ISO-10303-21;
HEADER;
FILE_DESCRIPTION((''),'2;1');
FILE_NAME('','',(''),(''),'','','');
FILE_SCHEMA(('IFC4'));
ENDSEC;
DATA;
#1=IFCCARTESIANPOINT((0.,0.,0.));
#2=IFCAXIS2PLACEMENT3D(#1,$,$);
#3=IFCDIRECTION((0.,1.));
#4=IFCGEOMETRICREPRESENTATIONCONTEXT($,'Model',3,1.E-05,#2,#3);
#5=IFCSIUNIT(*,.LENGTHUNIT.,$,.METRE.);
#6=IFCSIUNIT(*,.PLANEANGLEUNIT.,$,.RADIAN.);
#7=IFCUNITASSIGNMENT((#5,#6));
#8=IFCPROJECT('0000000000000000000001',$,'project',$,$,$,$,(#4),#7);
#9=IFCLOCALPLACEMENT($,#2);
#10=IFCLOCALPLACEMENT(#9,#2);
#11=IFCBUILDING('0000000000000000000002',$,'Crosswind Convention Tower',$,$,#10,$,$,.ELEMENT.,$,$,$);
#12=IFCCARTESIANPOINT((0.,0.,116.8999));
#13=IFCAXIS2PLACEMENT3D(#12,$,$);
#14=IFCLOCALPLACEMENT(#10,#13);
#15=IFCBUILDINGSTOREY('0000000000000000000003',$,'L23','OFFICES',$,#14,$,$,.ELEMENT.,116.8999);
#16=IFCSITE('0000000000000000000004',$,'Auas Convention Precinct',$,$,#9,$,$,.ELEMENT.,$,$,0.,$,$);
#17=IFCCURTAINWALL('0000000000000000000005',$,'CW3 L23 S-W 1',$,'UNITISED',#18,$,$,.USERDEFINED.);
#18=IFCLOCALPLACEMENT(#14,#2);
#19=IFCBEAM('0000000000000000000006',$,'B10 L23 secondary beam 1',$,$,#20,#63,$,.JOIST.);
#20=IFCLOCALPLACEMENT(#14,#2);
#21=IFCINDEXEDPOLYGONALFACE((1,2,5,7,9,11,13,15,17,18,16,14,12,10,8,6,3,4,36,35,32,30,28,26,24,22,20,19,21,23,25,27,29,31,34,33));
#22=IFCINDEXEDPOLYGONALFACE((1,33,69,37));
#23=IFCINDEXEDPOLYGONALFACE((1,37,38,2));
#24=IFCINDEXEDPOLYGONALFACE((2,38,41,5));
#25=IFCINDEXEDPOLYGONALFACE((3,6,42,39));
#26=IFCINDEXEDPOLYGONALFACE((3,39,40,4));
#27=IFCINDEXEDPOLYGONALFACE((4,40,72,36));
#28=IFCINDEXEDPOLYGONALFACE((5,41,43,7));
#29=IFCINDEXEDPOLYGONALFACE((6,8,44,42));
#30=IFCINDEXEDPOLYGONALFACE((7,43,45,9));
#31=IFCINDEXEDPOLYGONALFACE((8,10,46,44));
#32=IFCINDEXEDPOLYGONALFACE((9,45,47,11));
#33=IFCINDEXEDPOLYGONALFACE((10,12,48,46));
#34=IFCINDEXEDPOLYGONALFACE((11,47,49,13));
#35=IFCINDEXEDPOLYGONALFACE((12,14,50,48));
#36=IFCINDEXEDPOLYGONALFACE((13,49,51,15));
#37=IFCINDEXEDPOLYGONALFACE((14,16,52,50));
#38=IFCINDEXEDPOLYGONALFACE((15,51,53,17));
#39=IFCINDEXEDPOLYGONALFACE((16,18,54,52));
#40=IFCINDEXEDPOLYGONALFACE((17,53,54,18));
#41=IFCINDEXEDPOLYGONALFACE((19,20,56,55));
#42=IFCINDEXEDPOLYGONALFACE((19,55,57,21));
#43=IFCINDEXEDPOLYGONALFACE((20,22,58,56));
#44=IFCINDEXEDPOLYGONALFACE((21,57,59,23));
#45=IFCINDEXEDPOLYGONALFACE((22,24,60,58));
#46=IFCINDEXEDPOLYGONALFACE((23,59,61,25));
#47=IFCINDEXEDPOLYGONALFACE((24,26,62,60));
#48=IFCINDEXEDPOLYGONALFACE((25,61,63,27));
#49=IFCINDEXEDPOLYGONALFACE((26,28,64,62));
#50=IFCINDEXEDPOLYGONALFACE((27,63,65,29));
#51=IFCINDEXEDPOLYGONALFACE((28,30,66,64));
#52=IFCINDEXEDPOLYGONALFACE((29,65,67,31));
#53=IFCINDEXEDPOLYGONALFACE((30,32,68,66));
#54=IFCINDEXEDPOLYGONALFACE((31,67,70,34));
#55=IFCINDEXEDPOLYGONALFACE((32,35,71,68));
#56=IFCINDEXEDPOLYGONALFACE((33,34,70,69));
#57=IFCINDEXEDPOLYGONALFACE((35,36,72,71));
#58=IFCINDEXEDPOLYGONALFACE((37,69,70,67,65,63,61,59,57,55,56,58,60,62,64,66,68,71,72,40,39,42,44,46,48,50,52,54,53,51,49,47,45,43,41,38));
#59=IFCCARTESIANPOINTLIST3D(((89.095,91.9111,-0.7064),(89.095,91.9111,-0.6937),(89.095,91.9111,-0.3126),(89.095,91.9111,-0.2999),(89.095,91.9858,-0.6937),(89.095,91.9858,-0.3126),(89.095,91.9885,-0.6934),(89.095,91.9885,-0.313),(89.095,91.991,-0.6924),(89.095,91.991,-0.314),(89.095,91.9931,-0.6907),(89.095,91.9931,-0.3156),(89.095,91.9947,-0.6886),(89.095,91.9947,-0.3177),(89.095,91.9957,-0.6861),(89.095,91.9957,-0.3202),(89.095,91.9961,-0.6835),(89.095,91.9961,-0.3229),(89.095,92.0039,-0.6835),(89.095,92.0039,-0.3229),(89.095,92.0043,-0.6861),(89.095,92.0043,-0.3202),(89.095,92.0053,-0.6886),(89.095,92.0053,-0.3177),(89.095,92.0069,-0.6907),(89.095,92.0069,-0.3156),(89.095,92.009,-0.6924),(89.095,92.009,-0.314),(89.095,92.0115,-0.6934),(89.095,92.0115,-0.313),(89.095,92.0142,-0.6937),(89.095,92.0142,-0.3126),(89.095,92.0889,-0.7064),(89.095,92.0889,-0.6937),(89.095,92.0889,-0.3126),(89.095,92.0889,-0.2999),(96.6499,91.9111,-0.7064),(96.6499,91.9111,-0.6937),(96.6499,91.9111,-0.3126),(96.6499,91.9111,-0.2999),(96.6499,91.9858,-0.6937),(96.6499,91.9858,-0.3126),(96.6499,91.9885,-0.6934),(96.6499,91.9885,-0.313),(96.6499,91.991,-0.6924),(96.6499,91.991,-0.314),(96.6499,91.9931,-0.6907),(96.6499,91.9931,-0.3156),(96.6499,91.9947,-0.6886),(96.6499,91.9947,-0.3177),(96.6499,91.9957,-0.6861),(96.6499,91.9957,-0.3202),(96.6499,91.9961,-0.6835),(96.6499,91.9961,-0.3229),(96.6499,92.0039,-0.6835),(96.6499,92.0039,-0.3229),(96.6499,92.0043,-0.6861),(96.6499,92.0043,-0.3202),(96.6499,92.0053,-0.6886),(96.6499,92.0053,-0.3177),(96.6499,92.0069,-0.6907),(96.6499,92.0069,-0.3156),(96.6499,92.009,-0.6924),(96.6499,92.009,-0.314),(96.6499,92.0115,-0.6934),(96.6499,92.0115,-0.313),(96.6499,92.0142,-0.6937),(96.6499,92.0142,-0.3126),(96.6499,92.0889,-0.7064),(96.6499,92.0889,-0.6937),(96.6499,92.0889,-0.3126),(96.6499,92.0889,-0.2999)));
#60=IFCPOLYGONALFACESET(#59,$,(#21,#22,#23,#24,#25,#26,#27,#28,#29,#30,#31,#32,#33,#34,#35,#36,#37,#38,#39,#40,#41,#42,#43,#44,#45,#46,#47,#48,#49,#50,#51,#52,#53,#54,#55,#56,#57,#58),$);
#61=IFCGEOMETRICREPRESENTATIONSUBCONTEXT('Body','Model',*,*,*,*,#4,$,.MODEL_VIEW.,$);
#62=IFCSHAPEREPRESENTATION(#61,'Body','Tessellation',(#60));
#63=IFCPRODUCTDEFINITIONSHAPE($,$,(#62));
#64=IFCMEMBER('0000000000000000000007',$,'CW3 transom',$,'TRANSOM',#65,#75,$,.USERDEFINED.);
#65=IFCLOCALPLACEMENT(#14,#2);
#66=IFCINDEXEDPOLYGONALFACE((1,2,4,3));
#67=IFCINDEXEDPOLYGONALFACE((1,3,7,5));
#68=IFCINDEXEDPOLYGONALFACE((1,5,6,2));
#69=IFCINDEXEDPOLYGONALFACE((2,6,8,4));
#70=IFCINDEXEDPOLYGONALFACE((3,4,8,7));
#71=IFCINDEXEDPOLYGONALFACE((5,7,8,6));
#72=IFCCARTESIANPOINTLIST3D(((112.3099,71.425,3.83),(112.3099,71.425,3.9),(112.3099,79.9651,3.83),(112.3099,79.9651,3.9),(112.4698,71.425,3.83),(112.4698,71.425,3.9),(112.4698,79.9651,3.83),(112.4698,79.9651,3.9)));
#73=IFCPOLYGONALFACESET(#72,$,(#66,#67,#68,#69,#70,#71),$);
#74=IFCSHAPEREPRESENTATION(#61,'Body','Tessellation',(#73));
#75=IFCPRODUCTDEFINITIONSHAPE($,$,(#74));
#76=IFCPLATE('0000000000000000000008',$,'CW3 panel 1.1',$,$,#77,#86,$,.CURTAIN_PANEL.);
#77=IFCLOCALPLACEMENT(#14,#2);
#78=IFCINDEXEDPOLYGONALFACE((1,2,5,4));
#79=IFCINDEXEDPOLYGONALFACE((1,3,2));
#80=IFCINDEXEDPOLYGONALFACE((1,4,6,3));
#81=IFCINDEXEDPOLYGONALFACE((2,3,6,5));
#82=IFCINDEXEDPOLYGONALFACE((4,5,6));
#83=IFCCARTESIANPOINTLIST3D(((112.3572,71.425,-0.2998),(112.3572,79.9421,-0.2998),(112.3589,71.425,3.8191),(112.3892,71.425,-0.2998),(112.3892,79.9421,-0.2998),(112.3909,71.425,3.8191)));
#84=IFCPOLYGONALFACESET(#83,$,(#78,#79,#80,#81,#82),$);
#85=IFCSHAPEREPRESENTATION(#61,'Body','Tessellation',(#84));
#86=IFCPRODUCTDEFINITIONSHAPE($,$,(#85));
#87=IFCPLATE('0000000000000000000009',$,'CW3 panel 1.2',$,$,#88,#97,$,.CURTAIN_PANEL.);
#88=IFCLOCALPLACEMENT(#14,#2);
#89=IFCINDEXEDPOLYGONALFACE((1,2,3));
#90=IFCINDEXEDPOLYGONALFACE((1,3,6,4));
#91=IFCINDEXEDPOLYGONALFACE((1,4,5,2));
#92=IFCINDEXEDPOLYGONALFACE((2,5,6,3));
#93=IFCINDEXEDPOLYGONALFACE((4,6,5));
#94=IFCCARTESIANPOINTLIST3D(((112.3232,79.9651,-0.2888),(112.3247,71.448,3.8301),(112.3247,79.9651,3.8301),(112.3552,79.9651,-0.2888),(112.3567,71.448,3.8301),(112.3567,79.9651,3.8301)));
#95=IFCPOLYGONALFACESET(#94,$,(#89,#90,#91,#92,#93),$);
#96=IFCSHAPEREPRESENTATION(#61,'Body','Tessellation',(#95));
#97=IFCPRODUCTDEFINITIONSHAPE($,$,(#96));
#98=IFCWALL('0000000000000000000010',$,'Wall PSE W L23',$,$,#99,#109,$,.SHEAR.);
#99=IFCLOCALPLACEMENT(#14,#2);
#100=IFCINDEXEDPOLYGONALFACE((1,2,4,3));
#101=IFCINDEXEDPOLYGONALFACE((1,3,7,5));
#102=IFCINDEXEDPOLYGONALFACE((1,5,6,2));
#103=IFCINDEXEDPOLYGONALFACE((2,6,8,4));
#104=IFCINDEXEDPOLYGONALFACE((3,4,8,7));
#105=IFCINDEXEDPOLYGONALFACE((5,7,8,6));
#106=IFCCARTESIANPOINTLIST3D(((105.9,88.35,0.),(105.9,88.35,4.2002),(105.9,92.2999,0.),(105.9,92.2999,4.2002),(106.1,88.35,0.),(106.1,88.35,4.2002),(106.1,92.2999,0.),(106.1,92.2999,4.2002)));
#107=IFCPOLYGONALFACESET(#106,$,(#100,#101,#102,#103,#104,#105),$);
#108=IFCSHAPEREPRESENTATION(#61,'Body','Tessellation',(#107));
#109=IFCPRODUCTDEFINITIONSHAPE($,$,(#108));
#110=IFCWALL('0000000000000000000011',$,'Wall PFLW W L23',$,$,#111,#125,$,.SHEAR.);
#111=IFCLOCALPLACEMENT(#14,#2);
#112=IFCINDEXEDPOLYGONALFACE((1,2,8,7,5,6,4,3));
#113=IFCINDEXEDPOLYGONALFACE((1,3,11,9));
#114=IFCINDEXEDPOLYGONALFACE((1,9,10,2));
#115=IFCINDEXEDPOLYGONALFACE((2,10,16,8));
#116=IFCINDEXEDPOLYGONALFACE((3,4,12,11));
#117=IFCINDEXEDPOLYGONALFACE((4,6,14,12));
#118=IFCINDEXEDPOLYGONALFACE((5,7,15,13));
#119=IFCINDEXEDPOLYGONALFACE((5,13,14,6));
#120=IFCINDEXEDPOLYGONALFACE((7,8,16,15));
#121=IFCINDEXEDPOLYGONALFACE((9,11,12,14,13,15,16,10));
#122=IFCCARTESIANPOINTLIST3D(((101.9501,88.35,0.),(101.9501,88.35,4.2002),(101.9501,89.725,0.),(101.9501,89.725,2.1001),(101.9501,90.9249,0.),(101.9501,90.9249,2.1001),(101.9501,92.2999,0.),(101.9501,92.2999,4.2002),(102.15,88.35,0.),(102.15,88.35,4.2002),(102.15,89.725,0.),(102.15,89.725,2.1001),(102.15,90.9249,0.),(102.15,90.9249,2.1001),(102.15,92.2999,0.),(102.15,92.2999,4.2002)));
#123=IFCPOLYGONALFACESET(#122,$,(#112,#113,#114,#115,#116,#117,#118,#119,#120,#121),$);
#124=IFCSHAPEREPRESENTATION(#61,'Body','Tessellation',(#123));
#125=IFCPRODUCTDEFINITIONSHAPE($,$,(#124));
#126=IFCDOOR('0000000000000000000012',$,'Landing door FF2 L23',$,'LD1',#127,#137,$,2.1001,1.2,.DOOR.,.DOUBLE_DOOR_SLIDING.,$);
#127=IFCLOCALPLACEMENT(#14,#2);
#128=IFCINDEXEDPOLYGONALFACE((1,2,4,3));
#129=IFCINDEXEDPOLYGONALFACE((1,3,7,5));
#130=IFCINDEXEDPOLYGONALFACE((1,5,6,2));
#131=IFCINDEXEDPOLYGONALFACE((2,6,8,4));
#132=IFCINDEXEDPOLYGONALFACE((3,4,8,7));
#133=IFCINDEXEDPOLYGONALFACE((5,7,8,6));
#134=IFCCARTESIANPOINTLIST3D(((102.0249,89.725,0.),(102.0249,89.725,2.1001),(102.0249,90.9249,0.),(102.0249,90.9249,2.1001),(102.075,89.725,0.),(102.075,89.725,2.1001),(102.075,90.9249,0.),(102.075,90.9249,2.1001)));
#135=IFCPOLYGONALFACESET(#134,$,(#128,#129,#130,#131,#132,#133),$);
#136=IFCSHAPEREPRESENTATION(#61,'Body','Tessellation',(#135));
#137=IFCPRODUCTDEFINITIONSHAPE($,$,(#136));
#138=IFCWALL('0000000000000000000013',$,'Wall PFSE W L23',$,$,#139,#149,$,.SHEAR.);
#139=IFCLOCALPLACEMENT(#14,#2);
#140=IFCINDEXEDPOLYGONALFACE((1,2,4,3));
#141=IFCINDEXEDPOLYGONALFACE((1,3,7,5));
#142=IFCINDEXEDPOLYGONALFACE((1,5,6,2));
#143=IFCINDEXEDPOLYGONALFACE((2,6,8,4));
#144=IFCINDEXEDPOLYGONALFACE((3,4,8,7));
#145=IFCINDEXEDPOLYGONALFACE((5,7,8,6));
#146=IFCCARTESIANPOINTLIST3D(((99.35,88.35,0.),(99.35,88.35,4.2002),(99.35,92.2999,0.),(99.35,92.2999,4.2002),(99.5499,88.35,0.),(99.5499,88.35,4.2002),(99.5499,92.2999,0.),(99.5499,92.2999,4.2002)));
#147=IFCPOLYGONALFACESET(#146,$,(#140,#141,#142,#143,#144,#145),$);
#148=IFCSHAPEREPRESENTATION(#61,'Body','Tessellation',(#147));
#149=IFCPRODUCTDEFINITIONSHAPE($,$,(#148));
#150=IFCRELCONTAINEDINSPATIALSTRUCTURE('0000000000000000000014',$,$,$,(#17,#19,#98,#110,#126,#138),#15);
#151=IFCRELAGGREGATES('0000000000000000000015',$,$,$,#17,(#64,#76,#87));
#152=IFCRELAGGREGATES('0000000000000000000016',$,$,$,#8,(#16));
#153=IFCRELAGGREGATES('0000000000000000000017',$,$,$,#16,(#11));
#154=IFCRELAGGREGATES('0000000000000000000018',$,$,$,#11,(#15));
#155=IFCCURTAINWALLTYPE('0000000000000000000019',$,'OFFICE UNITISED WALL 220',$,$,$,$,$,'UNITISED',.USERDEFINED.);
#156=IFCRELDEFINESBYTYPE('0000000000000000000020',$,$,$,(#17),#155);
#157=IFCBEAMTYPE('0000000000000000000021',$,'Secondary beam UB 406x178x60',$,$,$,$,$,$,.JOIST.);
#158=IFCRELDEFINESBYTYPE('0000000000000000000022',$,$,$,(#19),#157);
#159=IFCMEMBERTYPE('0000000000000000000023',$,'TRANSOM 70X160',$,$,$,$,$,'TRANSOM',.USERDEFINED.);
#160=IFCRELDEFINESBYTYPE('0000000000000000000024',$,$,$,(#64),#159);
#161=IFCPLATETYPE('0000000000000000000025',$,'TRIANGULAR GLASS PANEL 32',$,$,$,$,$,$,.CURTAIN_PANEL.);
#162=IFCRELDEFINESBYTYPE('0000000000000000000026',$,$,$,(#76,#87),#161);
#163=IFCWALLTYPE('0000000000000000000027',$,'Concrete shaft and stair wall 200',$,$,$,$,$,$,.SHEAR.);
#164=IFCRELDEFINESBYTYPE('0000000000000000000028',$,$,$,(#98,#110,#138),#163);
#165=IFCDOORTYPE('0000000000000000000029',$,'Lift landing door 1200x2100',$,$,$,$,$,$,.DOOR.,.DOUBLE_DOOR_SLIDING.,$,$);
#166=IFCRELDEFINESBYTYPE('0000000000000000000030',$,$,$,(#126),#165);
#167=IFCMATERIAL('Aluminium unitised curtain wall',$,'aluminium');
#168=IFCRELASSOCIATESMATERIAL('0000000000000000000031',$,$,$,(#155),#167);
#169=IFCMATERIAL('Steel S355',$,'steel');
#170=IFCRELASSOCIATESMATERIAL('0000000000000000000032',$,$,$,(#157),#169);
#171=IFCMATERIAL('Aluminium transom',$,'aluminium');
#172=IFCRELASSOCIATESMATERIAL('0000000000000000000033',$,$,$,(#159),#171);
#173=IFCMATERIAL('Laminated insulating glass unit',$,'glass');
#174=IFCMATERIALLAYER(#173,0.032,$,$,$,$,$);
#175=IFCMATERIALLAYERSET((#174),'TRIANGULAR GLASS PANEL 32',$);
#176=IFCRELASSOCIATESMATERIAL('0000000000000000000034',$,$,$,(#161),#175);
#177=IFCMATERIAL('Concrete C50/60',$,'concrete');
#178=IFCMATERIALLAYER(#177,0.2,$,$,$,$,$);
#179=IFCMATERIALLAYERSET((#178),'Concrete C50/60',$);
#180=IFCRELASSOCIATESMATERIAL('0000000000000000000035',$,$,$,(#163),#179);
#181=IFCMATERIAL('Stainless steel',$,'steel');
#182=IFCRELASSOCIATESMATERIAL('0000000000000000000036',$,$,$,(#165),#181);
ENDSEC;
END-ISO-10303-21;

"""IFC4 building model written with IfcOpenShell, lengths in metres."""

from ifc_helpers import new_model, si_unit, direction, frame, frame_2d, origin, origin_2d, place, context, subcontext, project, spatial, polyline, rectangle, i_section, outline, extrude, material, layer, layer_set, material_profile, profile_set, type_object, element, fill, aggregate, save


model = new_model("IFC4")

# Units and contexts
model_context = context("Model", 3, precision=1e-05, world=origin(), true_north=direction((0.0, 1.0)))
body_context = subcontext(model_context, "Body", "Model", "MODEL_VIEW")
ifc_project = project(units=[si_unit("LENGTHUNIT", "METRE"), si_unit("PLANEANGLEUNIT", "RADIAN")], contexts=[model_context])

# Site, building, storey
site_placement = place(None, origin())
site = spatial("IfcSite", under=ifc_project, at=site_placement, Name="Auas Convention Precinct", CompositionType="ELEMENT", RefElevation=0.0)
building_placement = place(site_placement, origin())
building = spatial("IfcBuilding", under=site, at=building_placement, Name="Crosswind Convention Tower", CompositionType="ELEMENT")
storey_placement = place(building_placement, frame((0.0, 0.0, 116.8999)))
storey = spatial("IfcBuildingStorey", under=building, at=storey_placement, Name="L23", Description="OFFICES", CompositionType="ELEMENT", Elevation=116.8999)

# Shared definitions
ifc_material_1 = material(Name="Steel S355", Category="steel")

# Shared definitions
ifc_material_2 = material(Name="Aluminium unitised curtain wall", Category="aluminium")

# Curtain wall
curtain_wall_type_1 = type_object("IfcCurtainWallType", Name="OFFICE UNITISED WALL 220", ElementType="UNITISED", PredefinedType="USERDEFINED", material=ifc_material_2)
curtain_wall_1_placement = place(storey_placement, origin())
curtain_wall_1 = element("IfcCurtainWall", 1, at=curtain_wall_1_placement, inside=storey, type_object=curtain_wall_type_1, Name="CW3 L23 S-W 1", ObjectType="UNITISED", PredefinedType="USERDEFINED")

# Beam
ifc_material_profile_1 = material_profile(ifc_material_1, i_section(OverallWidth=0.1777, OverallDepth=0.4065, WebThickness=0.0078, FlangeThickness=0.0127, FilletRadius=0.0103, at=origin_2d()), Name="UB 406x178x60")
ifc_profile_set_1 = profile_set([ifc_material_profile_1], Name="Steel S355")
beam_type_1 = type_object("IfcBeamType", Name="Secondary beam UB 406x178x60", PredefinedType="JOIST", material=ifc_profile_set_1)
beam_1_placement = place(storey_placement, frame((89.095, 92.0, -0.5032), z_axis=(1.0, 0.0, 0.0), x_axis=(0.0, 1.0, 0.0)))
element("IfcBeam", 2, at=beam_1_placement, inside=storey, type_object=beam_type_1, Name="B10 L23 secondary beam 1", PredefinedType="JOIST", context=body_context, shape_type="SweptSolid", body=[
    extrude(i_section(OverallWidth=0.1777, OverallDepth=0.4065, WebThickness=0.0078, FlangeThickness=0.0127, FilletRadius=0.0103, at=origin_2d()), origin(), (0.0, 0.0, 1.0), 7.5549),
])

# Member
ifc_material_3 = material(Name="Aluminium transom", Category="aluminium")
ifc_material_profile_2 = material_profile(ifc_material_3, rectangle(XDim=0.1599, YDim=0.0701, at=origin_2d()), Name="AL 160X70")
ifc_profile_set_2 = profile_set([ifc_material_profile_2], Name="Aluminium transom")
member_type_1 = type_object("IfcMemberType", Name="TRANSOM 70X160", ElementType="TRANSOM", PredefinedType="USERDEFINED", material=ifc_profile_set_2)
member_1_placement = place(storey_placement, frame((112.3899, 79.9651, 3.865), z_axis=(0.0, -1.0, 0.0), x_axis=(1.0, 0.0, 0.0)))
member_1 = element("IfcMember", 3, at=member_1_placement, type_object=member_type_1, Name="CW3 transom", ObjectType="TRANSOM", PredefinedType="USERDEFINED", context=body_context, shape_type="SweptSolid", body=[
    extrude(rectangle(XDim=0.1599, YDim=0.0701, at=origin_2d()), origin(), (0.0, 0.0, 1.0), 8.54),
])

# Plates
ifc_material_4 = material(Name="Laminated insulating glass unit", Category="glass")
ifc_layer_1 = layer(ifc_material_4, 0.032)
ifc_layer_set_1 = layer_set([ifc_layer_1], Name="TRIANGULAR GLASS PANEL 32")
plate_type = type_object("IfcPlateType", Name="TRIANGULAR GLASS PANEL 32", PredefinedType="CURTAIN_PANEL", material=ifc_layer_set_1)
plate_1_placement = place(storey_placement, frame((112.3572, 71.425, -0.2998), z_axis=(-1.0, 0.0, 0.000415), x_axis=(0.000415, 0.0, 1.0)))
plate_1 = element("IfcPlate", 4, at=plate_1_placement, type_object=plate_type, Name="CW3 panel 1.1", PredefinedType="CURTAIN_PANEL", context=body_context, shape_type="SweptSolid", body=[
    extrude(outline(polyline([(0.0, 0.0), (4.1189, 0.0), (0.0, 8.5171), (0.0, 0.0)])), origin(), (0.0, 0.0, -1.0), 0.032),
])
plate_2_placement = place(storey_placement, frame((112.3247, 79.9651, 3.8301), z_axis=(-1.0, 0.0, 0.000356), x_axis=(-0.000356, 0.0, -1.0)))
plate_2 = element("IfcPlate", 5, at=plate_2_placement, type_object=plate_type, Name="CW3 panel 1.2", PredefinedType="CURTAIN_PANEL", context=body_context, shape_type="SweptSolid", body=[
    extrude(outline(polyline([(0.0, 0.0), (4.1189, 0.0), (0.0, 8.5171), (0.0, 0.0)])), origin(), (0.0, 0.0, -1.0), 0.032),
])

# Wall
ifc_material_5 = material(Name="Concrete C50/60", Category="concrete")
ifc_layer_2 = layer(ifc_material_5, 0.2)
ifc_layer_set_2 = layer_set([ifc_layer_2], Name="Concrete C50/60")
wall_type_1 = type_object("IfcWallType", Name="Concrete shaft and stair wall 200", PredefinedType="SHEAR", material=ifc_layer_set_2)
wall_1_placement = place(storey_placement, frame((106.0, 92.3, 0.0), z_axis=(0.0, 0.0, 1.0), x_axis=(0.0, -1.0, 0.0)))
element("IfcWall", 6, at=wall_1_placement, inside=storey, type_object=wall_type_1, Name="Wall PSE W L23", PredefinedType="SHEAR", context=body_context, shape_type="SweptSolid", body=[
    extrude(rectangle(XDim=3.95, YDim=0.2, at=frame_2d((1.9751, 0.0))), origin(), (0.0, 0.0, 1.0), 4.2002),
])

# Wall, opening, door
wall_2_placement = place(storey_placement, frame((102.05, 92.3, 0.0), z_axis=(0.0, 0.0, 1.0), x_axis=(0.0, -1.0, 0.0)))
wall_2 = element("IfcWall", 7, at=wall_2_placement, inside=storey, type_object=wall_type_1, Name="Wall PFLW W L23", PredefinedType="SHEAR", context=body_context, shape_type="SweptSolid", body=[
    extrude(rectangle(XDim=3.95, YDim=0.2, at=frame_2d((1.9751, 0.0))), origin(), (0.0, 0.0, 1.0), 4.2002),
])
opening_1_placement = place(wall_2_placement, frame((1.375, 0.0, 0.0)))
opening_1 = element("IfcOpeningElement", 8, at=opening_1_placement, cuts=wall_2, PredefinedType="OPENING", context=body_context, shape_type="SweptSolid", body=[
    extrude(rectangle(XDim=1.2, YDim=2.1001, at=frame_2d((0.6001, 1.05))), frame((0.0, 0.1099, 0.0), z_axis=(0.0, -1.0, 0.0), x_axis=(1.0, 0.0, 0.0)), (0.0, 0.0, 1.0), 0.22),
])
ifc_material_6 = material(Name="Stainless steel", Category="steel")
door_type_1 = type_object("IfcDoorType", Name="Lift landing door 1200x2100", OperationType="DOUBLE_DOOR_SLIDING", PredefinedType="DOOR", material=ifc_material_6)
door_1_placement = place(opening_1_placement, origin())
door_1 = element("IfcDoor", 9, at=door_1_placement, inside=storey, type_object=door_type_1, Name="Landing door FF2 L23", ObjectType="LD1", OperationType="DOUBLE_DOOR_SLIDING", OverallHeight=2.1001, OverallWidth=1.2, PredefinedType="DOOR", context=body_context, shape_type="SweptSolid", body=[
    extrude(rectangle(XDim=1.2, YDim=2.1001, at=frame_2d((0.6001, 1.05))), frame((0.0, 0.0249, 0.0), z_axis=(0.0, -1.0, 0.0), x_axis=(1.0, 0.0, 0.0)), (0.0, 0.0, 1.0), 0.05),
])
fill(opening_1, door_1)

# Wall
wall_3_placement = place(storey_placement, frame((99.45, 92.3, 0.0), z_axis=(0.0, 0.0, 1.0), x_axis=(0.0, -1.0, 0.0)))
element("IfcWall", 10, at=wall_3_placement, inside=storey, type_object=wall_type_1, Name="Wall PFSE W L23", PredefinedType="SHEAR", context=body_context, shape_type="SweptSolid", body=[
    extrude(rectangle(XDim=3.95, YDim=0.2, at=frame_2d((1.9751, 0.0))), origin(), (0.0, 0.0, 1.0), 4.2002),
])

aggregate(curtain_wall_1, [member_1, plate_1, plate_2])

save(model, "model.ifc")
